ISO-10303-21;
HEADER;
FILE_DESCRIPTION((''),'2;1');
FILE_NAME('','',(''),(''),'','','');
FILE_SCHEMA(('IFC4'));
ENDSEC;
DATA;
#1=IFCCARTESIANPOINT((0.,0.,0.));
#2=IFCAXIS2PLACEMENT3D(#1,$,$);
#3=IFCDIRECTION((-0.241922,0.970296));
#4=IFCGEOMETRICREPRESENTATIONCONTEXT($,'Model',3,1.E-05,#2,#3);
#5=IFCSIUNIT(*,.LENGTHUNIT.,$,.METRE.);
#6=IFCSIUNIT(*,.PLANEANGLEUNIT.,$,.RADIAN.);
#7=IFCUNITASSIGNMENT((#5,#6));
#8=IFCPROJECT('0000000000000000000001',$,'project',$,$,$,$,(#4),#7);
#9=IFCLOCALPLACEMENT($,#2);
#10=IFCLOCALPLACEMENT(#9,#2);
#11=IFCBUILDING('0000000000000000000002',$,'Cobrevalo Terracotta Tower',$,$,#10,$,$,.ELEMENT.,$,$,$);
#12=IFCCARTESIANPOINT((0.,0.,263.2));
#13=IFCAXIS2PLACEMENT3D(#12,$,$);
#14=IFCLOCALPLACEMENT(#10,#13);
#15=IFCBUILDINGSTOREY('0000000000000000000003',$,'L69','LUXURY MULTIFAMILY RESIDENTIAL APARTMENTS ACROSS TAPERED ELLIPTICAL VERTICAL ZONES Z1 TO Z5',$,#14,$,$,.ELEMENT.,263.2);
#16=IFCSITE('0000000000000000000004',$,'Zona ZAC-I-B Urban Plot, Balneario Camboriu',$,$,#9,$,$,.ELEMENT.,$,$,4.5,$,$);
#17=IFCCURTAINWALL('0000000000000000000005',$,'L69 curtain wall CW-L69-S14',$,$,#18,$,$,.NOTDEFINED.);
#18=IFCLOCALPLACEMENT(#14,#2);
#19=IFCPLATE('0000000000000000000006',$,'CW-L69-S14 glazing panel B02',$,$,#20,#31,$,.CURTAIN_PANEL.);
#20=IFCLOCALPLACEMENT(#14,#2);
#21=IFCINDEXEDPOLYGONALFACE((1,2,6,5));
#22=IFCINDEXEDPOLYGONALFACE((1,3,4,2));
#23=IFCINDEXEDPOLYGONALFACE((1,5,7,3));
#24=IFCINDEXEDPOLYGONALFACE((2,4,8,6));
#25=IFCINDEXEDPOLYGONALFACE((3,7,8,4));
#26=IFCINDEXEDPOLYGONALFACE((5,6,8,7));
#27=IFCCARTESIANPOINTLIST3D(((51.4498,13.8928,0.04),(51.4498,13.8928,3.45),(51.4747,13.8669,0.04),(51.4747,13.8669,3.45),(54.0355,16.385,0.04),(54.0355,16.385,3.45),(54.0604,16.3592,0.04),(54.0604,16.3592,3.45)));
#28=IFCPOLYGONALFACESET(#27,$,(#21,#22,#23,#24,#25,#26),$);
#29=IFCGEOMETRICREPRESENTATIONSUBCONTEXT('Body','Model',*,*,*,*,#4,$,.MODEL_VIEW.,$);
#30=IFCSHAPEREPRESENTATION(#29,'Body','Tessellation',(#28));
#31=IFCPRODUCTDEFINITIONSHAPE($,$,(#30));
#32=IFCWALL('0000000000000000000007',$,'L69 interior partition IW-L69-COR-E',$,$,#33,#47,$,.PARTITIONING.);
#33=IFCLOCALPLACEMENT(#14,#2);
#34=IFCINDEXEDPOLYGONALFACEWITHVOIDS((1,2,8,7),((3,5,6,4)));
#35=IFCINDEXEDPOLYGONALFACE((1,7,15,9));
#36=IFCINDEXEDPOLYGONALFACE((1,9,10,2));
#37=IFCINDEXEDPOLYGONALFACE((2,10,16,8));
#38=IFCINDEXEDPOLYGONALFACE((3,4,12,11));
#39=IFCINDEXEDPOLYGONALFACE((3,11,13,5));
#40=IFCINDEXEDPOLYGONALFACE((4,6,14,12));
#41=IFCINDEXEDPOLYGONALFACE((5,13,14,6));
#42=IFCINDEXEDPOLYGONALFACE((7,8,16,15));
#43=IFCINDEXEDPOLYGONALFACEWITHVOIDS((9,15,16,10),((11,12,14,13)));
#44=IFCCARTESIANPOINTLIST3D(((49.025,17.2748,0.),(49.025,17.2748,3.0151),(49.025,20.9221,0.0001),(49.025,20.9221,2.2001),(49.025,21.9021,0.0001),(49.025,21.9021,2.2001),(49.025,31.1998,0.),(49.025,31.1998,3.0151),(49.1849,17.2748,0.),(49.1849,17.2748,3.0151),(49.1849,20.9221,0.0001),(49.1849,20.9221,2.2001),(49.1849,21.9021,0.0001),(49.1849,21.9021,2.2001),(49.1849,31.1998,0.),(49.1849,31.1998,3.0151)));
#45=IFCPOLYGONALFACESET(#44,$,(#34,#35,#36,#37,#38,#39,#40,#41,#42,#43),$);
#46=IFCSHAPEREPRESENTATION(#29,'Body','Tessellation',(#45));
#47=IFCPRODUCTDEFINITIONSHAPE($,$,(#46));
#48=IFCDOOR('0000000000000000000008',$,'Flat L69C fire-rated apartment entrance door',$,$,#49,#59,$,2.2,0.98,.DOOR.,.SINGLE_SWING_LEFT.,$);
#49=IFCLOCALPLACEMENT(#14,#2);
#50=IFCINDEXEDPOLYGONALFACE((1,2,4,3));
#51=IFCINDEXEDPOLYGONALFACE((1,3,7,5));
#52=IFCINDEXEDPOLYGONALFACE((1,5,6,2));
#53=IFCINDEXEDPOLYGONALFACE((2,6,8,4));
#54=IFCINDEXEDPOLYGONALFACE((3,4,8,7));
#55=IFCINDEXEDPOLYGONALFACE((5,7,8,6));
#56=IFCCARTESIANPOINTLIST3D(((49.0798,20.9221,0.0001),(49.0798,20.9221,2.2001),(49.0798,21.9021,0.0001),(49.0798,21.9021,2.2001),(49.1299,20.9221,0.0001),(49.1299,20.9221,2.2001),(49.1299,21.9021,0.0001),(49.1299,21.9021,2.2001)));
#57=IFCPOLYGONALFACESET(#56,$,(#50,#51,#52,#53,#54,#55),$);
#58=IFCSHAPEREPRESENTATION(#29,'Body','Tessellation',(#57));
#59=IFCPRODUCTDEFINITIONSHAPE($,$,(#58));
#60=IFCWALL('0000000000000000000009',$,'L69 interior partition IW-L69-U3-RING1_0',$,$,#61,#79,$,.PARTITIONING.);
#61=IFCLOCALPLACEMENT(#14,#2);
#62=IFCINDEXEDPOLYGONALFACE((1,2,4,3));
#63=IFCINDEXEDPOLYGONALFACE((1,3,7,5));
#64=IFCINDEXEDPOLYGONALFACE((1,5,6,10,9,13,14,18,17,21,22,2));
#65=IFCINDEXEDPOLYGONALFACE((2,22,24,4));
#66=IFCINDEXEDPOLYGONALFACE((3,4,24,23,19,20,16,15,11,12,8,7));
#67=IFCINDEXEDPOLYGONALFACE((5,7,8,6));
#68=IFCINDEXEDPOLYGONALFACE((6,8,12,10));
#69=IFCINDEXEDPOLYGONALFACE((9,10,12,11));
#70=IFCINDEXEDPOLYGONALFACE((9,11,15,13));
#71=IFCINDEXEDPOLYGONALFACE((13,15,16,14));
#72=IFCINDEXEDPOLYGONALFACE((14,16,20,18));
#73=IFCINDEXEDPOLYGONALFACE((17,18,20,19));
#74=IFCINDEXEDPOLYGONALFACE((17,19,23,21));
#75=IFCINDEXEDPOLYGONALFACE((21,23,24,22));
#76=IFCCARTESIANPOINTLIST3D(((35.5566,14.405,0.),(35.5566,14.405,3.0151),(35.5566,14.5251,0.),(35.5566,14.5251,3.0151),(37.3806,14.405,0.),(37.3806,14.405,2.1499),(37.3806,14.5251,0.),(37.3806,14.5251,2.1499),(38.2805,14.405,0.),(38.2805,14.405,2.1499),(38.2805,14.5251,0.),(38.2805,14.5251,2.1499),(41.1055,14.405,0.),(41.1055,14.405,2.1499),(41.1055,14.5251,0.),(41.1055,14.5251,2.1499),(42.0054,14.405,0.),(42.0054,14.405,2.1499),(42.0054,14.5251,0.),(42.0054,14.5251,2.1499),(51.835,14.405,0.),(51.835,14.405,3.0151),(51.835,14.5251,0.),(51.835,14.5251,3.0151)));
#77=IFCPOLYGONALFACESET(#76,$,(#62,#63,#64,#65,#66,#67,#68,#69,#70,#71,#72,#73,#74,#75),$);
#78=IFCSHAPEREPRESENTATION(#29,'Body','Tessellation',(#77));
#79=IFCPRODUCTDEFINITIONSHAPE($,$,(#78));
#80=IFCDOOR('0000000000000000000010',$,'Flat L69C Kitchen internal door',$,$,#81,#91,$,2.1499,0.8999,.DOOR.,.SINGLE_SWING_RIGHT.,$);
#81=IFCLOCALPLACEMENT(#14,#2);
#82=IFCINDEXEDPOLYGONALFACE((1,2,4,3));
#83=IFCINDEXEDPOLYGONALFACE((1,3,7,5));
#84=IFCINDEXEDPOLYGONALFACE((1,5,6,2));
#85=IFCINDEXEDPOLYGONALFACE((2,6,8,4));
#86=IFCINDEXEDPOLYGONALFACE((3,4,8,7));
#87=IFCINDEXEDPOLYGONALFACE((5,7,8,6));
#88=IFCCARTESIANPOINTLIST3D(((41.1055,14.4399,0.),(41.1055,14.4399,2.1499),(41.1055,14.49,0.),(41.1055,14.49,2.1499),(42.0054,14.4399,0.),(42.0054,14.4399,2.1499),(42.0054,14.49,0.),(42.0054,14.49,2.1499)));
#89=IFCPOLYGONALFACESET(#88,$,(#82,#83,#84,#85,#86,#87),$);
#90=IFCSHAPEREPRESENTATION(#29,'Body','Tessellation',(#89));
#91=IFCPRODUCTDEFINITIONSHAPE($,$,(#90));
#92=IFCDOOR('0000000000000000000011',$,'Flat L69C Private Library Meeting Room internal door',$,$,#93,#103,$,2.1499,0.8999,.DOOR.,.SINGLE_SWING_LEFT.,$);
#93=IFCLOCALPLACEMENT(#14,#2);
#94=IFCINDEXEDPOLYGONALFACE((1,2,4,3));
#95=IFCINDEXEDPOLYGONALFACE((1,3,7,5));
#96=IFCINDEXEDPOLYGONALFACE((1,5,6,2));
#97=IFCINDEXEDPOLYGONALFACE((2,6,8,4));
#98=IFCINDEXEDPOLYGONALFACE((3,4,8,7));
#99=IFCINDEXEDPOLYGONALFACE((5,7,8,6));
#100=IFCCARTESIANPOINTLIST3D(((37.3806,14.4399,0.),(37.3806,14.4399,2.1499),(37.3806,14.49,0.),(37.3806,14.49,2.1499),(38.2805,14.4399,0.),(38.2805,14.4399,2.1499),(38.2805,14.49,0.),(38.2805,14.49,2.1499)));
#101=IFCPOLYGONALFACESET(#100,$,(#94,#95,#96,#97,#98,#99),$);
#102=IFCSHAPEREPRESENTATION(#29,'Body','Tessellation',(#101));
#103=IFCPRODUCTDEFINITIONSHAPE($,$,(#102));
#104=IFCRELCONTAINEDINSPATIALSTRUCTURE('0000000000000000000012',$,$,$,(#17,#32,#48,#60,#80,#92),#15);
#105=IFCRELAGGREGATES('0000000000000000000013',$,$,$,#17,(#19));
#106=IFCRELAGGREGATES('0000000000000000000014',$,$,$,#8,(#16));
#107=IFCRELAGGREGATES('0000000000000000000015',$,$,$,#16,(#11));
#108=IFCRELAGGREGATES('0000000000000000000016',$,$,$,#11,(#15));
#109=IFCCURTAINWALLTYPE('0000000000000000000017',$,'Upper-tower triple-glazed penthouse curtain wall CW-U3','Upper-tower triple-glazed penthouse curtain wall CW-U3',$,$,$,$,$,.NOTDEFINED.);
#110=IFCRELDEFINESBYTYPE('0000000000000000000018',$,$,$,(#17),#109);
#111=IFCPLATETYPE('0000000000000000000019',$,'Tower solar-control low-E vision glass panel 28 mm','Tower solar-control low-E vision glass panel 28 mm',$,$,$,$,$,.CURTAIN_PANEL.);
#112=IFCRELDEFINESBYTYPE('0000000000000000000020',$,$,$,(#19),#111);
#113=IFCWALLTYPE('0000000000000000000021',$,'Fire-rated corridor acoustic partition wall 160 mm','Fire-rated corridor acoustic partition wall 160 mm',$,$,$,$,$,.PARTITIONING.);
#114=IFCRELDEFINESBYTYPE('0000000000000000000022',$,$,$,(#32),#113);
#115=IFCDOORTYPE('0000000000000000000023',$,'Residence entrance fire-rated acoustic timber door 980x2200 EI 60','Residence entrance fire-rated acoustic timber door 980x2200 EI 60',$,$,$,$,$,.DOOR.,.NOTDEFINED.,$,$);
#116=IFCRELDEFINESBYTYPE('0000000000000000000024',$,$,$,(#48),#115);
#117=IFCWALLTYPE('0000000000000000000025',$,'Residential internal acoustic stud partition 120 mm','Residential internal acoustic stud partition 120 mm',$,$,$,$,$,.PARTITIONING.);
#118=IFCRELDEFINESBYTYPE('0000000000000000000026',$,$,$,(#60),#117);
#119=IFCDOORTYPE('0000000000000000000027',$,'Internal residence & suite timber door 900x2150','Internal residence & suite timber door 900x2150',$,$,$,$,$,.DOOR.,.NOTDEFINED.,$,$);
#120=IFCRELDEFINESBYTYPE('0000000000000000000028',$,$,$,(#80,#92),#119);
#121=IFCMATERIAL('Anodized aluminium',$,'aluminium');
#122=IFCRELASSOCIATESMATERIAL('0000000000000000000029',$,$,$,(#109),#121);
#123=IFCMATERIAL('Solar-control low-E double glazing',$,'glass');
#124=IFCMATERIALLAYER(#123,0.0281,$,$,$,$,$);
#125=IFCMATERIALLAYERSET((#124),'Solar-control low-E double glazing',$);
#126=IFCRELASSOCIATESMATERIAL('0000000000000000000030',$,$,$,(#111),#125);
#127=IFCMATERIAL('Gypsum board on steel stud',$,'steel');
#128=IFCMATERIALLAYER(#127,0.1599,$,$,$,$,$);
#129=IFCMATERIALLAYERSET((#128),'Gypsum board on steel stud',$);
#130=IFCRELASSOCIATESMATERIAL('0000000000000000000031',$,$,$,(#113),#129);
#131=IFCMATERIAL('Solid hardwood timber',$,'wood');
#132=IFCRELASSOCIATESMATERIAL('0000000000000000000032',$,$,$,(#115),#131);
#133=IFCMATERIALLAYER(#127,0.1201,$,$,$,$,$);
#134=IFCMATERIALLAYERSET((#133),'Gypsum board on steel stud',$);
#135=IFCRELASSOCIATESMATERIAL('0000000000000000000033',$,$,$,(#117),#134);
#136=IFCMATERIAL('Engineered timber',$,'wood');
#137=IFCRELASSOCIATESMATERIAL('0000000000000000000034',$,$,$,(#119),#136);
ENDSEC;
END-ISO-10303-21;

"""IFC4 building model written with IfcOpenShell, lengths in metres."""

from ifc_helpers import new_model, si_unit, direction, frame, frame_2d, origin, origin_2d, place, context, subcontext, project, spatial, rectangle, extrude, source, transform, mapped, material, layer, layer_set, type_object, element, fill, aggregate, save


model = new_model("IFC4")

# Units and contexts
model_context = context("Model", 3, precision=1e-05, world=origin(), true_north=direction((-0.241922, 0.970296)))
body_context = subcontext(model_context, "Body", "Model", "MODEL_VIEW")
ifc_project = project(units=[si_unit("LENGTHUNIT", "METRE"), si_unit("PLANEANGLEUNIT", "RADIAN")], contexts=[model_context])

# Site, building, storey
site_placement = place(None, origin())
site = spatial("IfcSite", under=ifc_project, at=site_placement, Name="Zona ZAC-I-B Urban Plot, Balneario Camboriu", CompositionType="ELEMENT", RefElevation=4.5)
building_placement = place(site_placement, origin())
building = spatial("IfcBuilding", under=site, at=building_placement, Name="Cobrevalo Terracotta Tower", CompositionType="ELEMENT")
storey_placement = place(building_placement, frame((0.0, 0.0, 263.2)))
storey = spatial("IfcBuildingStorey", under=building, at=storey_placement, Name="L69", Description="LUXURY MULTIFAMILY RESIDENTIAL APARTMENTS ACROSS TAPERED ELLIPTICAL VERTICAL ZONES Z1 TO Z5", CompositionType="ELEMENT", Elevation=263.2)

# Shared definitions
ifc_material_1 = material(Name="Anodized aluminium", Category="aluminium")
curtain_wall_type = type_object("IfcCurtainWallType", Name="Upper-tower triple-glazed penthouse curtain wall CW-U3", Description="Upper-tower triple-glazed penthouse curtain wall CW-U3", PredefinedType="NOTDEFINED", material=ifc_material_1)

# Curtain wall
curtain_wall_1_placement = place(storey_placement, origin())
curtain_wall_1 = element("IfcCurtainWall", 1, at=curtain_wall_1_placement, inside=storey, type_object=curtain_wall_type, Name="L69 curtain wall CW-L69-S14", PredefinedType="NOTDEFINED")

# Plate
ifc_material_2 = material(Name="Solar-control low-E double glazing", Category="glass")
ifc_layer_1 = layer(ifc_material_2, 0.0281)
ifc_layer_set_1 = layer_set([ifc_layer_1], Name="Solar-control low-E double glazing")
plate_type = type_object("IfcPlateType", Name="Tower solar-control low-E vision glass panel 28 mm", Description="Tower solar-control low-E vision glass panel 28 mm", PredefinedType="CURTAIN_PANEL", material=ifc_layer_set_1)
shared_shape_1 = source(origin(), body_context, "Body", "SweptSolid", [
    extrude(rectangle(XDim=3.5913, YDim=0.0359, at=origin_2d()), origin(), (0.0, 0.0, 1.0), 3.4099),
])
plate_1_placement = place(storey_placement, frame((52.7551, 15.126, 0.04), z_axis=(0.0, 0.0, 1.0), x_axis=(0.719997, 0.693978, 0.0)))
plate_1 = element("IfcPlate", 2, at=plate_1_placement, type_object=plate_type, Name="CW-L69-S14 glazing panel B02", PredefinedType="CURTAIN_PANEL", context=body_context, shape_type="MappedRepresentation", body=[
    mapped(shared_shape_1, transform((0.0, 0.0, 0.0), scale=1.0)),
])
aggregate(curtain_wall_1, [plate_1])

# Wall, opening, door
ifc_material_3 = material(Name="Gypsum board on steel stud", Category="steel")
ifc_layer_2 = layer(ifc_material_3, 0.1599)
ifc_layer_set_2 = layer_set([ifc_layer_2], Name="Gypsum board on steel stud")
wall_type_1 = type_object("IfcWallType", Name="Fire-rated corridor acoustic partition wall 160 mm", Description="Fire-rated corridor acoustic partition wall 160 mm", PredefinedType="PARTITIONING", material=ifc_layer_set_2)
wall_1_placement = place(storey_placement, frame((49.105, 17.2749, 0.0), z_axis=(0.0, 0.0, 1.0), x_axis=(0.0, 1.0, 0.0)))
wall_1 = element("IfcWall", 3, at=wall_1_placement, inside=storey, type_object=wall_type_1, Name="L69 interior partition IW-L69-COR-E", PredefinedType="PARTITIONING", context=body_context, shape_type="SweptSolid", body=[
    extrude(rectangle(XDim=13.925, YDim=0.1599, at=frame_2d((6.9624, 0.0))), origin(), (0.0, 0.0, 1.0), 3.0151),
])
opening_1_placement = place(wall_1_placement, frame((3.6472, 0.0, 0.0)))
opening_1 = element("IfcOpeningElement", 4, at=opening_1_placement, cuts=wall_1, PredefinedType="OPENING", context=body_context, shape_type="SweptSolid", body=[
    extrude(rectangle(XDim=0.98, YDim=2.2, at=frame_2d((0.49, 1.1001))), frame((0.0, 0.0898, 0.0), z_axis=(0.0, -1.0, 0.0), x_axis=(1.0, 0.0, 0.0)), (0.0, 0.0, 1.0), 0.1799),
])
ifc_material_4 = material(Name="Solid hardwood timber", Category="wood")
door_type_1 = type_object("IfcDoorType", Name="Residence entrance fire-rated acoustic timber door 980x2200 EI 60", Description="Residence entrance fire-rated acoustic timber door 980x2200 EI 60", OperationType="NOTDEFINED", PredefinedType="DOOR", material=ifc_material_4)
shared_shape_2 = source(origin(), body_context, "Body", "SweptSolid", [
    extrude(rectangle(XDim=0.98, YDim=2.2, at=frame_2d((0.49, 1.1001))), frame((0.0, 0.0249, 0.0), z_axis=(0.0, -1.0, 0.0), x_axis=(1.0, 0.0, 0.0)), (0.0, 0.0, 1.0), 0.05),
])
door_1_placement = place(opening_1_placement, frame((0.98, 0.0, 0.0), z_axis=(0.0, 0.0, 1.0), x_axis=(-1.0, 0.0, 0.0)))
door_1 = element("IfcDoor", 5, at=door_1_placement, inside=storey, type_object=door_type_1, Name="Flat L69C fire-rated apartment entrance door", OperationType="SINGLE_SWING_LEFT", OverallHeight=2.2, OverallWidth=0.98, PredefinedType="DOOR", context=body_context, shape_type="MappedRepresentation", body=[
    mapped(shared_shape_2, transform((0.0, 0.0, 0.0), scale=1.0)),
])
fill(opening_1, door_1)

# Wall, openings, doors
ifc_layer_3 = layer(ifc_material_3, 0.1201)
ifc_layer_set_3 = layer_set([ifc_layer_3], Name="Gypsum board on steel stud")
wall_type_2 = type_object("IfcWallType", Name="Residential internal acoustic stud partition 120 mm", Description="Residential internal acoustic stud partition 120 mm", PredefinedType="PARTITIONING", material=ifc_layer_set_3)
wall_2_placement = place(storey_placement, frame((51.835, 14.4651, 0.0), z_axis=(0.0, 0.0, 1.0), x_axis=(-1.0, 0.0, 0.0)))
wall_2 = element("IfcWall", 6, at=wall_2_placement, inside=storey, type_object=wall_type_2, Name="L69 interior partition IW-L69-U3-RING1_0", PredefinedType="PARTITIONING", context=body_context, shape_type="SweptSolid", body=[
    extrude(rectangle(XDim=16.2783, YDim=0.1201, at=frame_2d((8.1392, 0.0))), origin(), (0.0, 0.0, 1.0), 3.0151),
])
opening_2_placement = place(wall_2_placement, frame((9.8296, 0.0, 0.0)))
opening_2 = element("IfcOpeningElement", 7, at=opening_2_placement, cuts=wall_2, PredefinedType="OPENING", context=body_context, shape_type="SweptSolid", body=[
    extrude(rectangle(XDim=0.8999, YDim=2.1499, at=frame_2d((0.45, 1.075))), frame((0.0, 0.0701, 0.0), z_axis=(0.0, -1.0, 0.0), x_axis=(1.0, 0.0, 0.0)), (0.0, 0.0, 1.0), 0.1401),
])
opening_3_placement = place(wall_2_placement, frame((13.5544, 0.0, 0.0)))
opening_3 = element("IfcOpeningElement", 8, at=opening_3_placement, cuts=wall_2, PredefinedType="OPENING", context=body_context, shape_type="SweptSolid", body=[
    extrude(rectangle(XDim=0.8999, YDim=2.1499, at=frame_2d((0.45, 1.075))), frame((0.0, 0.0701, 0.0), z_axis=(0.0, -1.0, 0.0), x_axis=(1.0, 0.0, 0.0)), (0.0, 0.0, 1.0), 0.1401),
])
ifc_material_5 = material(Name="Engineered timber", Category="wood")
door_type_2 = type_object("IfcDoorType", Name="Internal residence & suite timber door 900x2150", Description="Internal residence & suite timber door 900x2150", OperationType="NOTDEFINED", PredefinedType="DOOR", material=ifc_material_5)
shared_shape_3 = source(origin(), body_context, "Body", "SweptSolid", [
    extrude(rectangle(XDim=0.8999, YDim=2.1499, at=frame_2d((0.45, 1.075))), frame((0.0, 0.0249, 0.0), z_axis=(0.0, -1.0, 0.0), x_axis=(1.0, 0.0, 0.0)), (0.0, 0.0, 1.0), 0.05),
])
door_2_placement = place(opening_2_placement, frame((0.8999, 0.0, 0.0), z_axis=(0.0, 0.0, 1.0), x_axis=(-1.0, 0.0, 0.0)))
door_2 = element("IfcDoor", 9, at=door_2_placement, inside=storey, type_object=door_type_2, Name="Flat L69C Kitchen internal door", OperationType="SINGLE_SWING_RIGHT", OverallHeight=2.1499, OverallWidth=0.8999, PredefinedType="DOOR", context=body_context, shape_type="MappedRepresentation", body=[
    mapped(shared_shape_3, transform((0.0, 0.0, 0.0), scale=1.0)),
])
fill(opening_2, door_2)
door_3_placement = place(opening_3_placement, frame((0.8999, 0.0, 0.0), z_axis=(0.0, 0.0, 1.0), x_axis=(-1.0, 0.0, 0.0)))
door_3 = element("IfcDoor", 10, at=door_3_placement, inside=storey, type_object=door_type_2, Name="Flat L69C Private Library Meeting Room internal door", OperationType="SINGLE_SWING_LEFT", OverallHeight=2.1499, OverallWidth=0.8999, PredefinedType="DOOR", context=body_context, shape_type="MappedRepresentation", body=[
    mapped(shared_shape_3, transform((0.0, 0.0, 0.0), scale=1.0)),
])
fill(opening_3, door_3)

save(model, "model.ifc")
